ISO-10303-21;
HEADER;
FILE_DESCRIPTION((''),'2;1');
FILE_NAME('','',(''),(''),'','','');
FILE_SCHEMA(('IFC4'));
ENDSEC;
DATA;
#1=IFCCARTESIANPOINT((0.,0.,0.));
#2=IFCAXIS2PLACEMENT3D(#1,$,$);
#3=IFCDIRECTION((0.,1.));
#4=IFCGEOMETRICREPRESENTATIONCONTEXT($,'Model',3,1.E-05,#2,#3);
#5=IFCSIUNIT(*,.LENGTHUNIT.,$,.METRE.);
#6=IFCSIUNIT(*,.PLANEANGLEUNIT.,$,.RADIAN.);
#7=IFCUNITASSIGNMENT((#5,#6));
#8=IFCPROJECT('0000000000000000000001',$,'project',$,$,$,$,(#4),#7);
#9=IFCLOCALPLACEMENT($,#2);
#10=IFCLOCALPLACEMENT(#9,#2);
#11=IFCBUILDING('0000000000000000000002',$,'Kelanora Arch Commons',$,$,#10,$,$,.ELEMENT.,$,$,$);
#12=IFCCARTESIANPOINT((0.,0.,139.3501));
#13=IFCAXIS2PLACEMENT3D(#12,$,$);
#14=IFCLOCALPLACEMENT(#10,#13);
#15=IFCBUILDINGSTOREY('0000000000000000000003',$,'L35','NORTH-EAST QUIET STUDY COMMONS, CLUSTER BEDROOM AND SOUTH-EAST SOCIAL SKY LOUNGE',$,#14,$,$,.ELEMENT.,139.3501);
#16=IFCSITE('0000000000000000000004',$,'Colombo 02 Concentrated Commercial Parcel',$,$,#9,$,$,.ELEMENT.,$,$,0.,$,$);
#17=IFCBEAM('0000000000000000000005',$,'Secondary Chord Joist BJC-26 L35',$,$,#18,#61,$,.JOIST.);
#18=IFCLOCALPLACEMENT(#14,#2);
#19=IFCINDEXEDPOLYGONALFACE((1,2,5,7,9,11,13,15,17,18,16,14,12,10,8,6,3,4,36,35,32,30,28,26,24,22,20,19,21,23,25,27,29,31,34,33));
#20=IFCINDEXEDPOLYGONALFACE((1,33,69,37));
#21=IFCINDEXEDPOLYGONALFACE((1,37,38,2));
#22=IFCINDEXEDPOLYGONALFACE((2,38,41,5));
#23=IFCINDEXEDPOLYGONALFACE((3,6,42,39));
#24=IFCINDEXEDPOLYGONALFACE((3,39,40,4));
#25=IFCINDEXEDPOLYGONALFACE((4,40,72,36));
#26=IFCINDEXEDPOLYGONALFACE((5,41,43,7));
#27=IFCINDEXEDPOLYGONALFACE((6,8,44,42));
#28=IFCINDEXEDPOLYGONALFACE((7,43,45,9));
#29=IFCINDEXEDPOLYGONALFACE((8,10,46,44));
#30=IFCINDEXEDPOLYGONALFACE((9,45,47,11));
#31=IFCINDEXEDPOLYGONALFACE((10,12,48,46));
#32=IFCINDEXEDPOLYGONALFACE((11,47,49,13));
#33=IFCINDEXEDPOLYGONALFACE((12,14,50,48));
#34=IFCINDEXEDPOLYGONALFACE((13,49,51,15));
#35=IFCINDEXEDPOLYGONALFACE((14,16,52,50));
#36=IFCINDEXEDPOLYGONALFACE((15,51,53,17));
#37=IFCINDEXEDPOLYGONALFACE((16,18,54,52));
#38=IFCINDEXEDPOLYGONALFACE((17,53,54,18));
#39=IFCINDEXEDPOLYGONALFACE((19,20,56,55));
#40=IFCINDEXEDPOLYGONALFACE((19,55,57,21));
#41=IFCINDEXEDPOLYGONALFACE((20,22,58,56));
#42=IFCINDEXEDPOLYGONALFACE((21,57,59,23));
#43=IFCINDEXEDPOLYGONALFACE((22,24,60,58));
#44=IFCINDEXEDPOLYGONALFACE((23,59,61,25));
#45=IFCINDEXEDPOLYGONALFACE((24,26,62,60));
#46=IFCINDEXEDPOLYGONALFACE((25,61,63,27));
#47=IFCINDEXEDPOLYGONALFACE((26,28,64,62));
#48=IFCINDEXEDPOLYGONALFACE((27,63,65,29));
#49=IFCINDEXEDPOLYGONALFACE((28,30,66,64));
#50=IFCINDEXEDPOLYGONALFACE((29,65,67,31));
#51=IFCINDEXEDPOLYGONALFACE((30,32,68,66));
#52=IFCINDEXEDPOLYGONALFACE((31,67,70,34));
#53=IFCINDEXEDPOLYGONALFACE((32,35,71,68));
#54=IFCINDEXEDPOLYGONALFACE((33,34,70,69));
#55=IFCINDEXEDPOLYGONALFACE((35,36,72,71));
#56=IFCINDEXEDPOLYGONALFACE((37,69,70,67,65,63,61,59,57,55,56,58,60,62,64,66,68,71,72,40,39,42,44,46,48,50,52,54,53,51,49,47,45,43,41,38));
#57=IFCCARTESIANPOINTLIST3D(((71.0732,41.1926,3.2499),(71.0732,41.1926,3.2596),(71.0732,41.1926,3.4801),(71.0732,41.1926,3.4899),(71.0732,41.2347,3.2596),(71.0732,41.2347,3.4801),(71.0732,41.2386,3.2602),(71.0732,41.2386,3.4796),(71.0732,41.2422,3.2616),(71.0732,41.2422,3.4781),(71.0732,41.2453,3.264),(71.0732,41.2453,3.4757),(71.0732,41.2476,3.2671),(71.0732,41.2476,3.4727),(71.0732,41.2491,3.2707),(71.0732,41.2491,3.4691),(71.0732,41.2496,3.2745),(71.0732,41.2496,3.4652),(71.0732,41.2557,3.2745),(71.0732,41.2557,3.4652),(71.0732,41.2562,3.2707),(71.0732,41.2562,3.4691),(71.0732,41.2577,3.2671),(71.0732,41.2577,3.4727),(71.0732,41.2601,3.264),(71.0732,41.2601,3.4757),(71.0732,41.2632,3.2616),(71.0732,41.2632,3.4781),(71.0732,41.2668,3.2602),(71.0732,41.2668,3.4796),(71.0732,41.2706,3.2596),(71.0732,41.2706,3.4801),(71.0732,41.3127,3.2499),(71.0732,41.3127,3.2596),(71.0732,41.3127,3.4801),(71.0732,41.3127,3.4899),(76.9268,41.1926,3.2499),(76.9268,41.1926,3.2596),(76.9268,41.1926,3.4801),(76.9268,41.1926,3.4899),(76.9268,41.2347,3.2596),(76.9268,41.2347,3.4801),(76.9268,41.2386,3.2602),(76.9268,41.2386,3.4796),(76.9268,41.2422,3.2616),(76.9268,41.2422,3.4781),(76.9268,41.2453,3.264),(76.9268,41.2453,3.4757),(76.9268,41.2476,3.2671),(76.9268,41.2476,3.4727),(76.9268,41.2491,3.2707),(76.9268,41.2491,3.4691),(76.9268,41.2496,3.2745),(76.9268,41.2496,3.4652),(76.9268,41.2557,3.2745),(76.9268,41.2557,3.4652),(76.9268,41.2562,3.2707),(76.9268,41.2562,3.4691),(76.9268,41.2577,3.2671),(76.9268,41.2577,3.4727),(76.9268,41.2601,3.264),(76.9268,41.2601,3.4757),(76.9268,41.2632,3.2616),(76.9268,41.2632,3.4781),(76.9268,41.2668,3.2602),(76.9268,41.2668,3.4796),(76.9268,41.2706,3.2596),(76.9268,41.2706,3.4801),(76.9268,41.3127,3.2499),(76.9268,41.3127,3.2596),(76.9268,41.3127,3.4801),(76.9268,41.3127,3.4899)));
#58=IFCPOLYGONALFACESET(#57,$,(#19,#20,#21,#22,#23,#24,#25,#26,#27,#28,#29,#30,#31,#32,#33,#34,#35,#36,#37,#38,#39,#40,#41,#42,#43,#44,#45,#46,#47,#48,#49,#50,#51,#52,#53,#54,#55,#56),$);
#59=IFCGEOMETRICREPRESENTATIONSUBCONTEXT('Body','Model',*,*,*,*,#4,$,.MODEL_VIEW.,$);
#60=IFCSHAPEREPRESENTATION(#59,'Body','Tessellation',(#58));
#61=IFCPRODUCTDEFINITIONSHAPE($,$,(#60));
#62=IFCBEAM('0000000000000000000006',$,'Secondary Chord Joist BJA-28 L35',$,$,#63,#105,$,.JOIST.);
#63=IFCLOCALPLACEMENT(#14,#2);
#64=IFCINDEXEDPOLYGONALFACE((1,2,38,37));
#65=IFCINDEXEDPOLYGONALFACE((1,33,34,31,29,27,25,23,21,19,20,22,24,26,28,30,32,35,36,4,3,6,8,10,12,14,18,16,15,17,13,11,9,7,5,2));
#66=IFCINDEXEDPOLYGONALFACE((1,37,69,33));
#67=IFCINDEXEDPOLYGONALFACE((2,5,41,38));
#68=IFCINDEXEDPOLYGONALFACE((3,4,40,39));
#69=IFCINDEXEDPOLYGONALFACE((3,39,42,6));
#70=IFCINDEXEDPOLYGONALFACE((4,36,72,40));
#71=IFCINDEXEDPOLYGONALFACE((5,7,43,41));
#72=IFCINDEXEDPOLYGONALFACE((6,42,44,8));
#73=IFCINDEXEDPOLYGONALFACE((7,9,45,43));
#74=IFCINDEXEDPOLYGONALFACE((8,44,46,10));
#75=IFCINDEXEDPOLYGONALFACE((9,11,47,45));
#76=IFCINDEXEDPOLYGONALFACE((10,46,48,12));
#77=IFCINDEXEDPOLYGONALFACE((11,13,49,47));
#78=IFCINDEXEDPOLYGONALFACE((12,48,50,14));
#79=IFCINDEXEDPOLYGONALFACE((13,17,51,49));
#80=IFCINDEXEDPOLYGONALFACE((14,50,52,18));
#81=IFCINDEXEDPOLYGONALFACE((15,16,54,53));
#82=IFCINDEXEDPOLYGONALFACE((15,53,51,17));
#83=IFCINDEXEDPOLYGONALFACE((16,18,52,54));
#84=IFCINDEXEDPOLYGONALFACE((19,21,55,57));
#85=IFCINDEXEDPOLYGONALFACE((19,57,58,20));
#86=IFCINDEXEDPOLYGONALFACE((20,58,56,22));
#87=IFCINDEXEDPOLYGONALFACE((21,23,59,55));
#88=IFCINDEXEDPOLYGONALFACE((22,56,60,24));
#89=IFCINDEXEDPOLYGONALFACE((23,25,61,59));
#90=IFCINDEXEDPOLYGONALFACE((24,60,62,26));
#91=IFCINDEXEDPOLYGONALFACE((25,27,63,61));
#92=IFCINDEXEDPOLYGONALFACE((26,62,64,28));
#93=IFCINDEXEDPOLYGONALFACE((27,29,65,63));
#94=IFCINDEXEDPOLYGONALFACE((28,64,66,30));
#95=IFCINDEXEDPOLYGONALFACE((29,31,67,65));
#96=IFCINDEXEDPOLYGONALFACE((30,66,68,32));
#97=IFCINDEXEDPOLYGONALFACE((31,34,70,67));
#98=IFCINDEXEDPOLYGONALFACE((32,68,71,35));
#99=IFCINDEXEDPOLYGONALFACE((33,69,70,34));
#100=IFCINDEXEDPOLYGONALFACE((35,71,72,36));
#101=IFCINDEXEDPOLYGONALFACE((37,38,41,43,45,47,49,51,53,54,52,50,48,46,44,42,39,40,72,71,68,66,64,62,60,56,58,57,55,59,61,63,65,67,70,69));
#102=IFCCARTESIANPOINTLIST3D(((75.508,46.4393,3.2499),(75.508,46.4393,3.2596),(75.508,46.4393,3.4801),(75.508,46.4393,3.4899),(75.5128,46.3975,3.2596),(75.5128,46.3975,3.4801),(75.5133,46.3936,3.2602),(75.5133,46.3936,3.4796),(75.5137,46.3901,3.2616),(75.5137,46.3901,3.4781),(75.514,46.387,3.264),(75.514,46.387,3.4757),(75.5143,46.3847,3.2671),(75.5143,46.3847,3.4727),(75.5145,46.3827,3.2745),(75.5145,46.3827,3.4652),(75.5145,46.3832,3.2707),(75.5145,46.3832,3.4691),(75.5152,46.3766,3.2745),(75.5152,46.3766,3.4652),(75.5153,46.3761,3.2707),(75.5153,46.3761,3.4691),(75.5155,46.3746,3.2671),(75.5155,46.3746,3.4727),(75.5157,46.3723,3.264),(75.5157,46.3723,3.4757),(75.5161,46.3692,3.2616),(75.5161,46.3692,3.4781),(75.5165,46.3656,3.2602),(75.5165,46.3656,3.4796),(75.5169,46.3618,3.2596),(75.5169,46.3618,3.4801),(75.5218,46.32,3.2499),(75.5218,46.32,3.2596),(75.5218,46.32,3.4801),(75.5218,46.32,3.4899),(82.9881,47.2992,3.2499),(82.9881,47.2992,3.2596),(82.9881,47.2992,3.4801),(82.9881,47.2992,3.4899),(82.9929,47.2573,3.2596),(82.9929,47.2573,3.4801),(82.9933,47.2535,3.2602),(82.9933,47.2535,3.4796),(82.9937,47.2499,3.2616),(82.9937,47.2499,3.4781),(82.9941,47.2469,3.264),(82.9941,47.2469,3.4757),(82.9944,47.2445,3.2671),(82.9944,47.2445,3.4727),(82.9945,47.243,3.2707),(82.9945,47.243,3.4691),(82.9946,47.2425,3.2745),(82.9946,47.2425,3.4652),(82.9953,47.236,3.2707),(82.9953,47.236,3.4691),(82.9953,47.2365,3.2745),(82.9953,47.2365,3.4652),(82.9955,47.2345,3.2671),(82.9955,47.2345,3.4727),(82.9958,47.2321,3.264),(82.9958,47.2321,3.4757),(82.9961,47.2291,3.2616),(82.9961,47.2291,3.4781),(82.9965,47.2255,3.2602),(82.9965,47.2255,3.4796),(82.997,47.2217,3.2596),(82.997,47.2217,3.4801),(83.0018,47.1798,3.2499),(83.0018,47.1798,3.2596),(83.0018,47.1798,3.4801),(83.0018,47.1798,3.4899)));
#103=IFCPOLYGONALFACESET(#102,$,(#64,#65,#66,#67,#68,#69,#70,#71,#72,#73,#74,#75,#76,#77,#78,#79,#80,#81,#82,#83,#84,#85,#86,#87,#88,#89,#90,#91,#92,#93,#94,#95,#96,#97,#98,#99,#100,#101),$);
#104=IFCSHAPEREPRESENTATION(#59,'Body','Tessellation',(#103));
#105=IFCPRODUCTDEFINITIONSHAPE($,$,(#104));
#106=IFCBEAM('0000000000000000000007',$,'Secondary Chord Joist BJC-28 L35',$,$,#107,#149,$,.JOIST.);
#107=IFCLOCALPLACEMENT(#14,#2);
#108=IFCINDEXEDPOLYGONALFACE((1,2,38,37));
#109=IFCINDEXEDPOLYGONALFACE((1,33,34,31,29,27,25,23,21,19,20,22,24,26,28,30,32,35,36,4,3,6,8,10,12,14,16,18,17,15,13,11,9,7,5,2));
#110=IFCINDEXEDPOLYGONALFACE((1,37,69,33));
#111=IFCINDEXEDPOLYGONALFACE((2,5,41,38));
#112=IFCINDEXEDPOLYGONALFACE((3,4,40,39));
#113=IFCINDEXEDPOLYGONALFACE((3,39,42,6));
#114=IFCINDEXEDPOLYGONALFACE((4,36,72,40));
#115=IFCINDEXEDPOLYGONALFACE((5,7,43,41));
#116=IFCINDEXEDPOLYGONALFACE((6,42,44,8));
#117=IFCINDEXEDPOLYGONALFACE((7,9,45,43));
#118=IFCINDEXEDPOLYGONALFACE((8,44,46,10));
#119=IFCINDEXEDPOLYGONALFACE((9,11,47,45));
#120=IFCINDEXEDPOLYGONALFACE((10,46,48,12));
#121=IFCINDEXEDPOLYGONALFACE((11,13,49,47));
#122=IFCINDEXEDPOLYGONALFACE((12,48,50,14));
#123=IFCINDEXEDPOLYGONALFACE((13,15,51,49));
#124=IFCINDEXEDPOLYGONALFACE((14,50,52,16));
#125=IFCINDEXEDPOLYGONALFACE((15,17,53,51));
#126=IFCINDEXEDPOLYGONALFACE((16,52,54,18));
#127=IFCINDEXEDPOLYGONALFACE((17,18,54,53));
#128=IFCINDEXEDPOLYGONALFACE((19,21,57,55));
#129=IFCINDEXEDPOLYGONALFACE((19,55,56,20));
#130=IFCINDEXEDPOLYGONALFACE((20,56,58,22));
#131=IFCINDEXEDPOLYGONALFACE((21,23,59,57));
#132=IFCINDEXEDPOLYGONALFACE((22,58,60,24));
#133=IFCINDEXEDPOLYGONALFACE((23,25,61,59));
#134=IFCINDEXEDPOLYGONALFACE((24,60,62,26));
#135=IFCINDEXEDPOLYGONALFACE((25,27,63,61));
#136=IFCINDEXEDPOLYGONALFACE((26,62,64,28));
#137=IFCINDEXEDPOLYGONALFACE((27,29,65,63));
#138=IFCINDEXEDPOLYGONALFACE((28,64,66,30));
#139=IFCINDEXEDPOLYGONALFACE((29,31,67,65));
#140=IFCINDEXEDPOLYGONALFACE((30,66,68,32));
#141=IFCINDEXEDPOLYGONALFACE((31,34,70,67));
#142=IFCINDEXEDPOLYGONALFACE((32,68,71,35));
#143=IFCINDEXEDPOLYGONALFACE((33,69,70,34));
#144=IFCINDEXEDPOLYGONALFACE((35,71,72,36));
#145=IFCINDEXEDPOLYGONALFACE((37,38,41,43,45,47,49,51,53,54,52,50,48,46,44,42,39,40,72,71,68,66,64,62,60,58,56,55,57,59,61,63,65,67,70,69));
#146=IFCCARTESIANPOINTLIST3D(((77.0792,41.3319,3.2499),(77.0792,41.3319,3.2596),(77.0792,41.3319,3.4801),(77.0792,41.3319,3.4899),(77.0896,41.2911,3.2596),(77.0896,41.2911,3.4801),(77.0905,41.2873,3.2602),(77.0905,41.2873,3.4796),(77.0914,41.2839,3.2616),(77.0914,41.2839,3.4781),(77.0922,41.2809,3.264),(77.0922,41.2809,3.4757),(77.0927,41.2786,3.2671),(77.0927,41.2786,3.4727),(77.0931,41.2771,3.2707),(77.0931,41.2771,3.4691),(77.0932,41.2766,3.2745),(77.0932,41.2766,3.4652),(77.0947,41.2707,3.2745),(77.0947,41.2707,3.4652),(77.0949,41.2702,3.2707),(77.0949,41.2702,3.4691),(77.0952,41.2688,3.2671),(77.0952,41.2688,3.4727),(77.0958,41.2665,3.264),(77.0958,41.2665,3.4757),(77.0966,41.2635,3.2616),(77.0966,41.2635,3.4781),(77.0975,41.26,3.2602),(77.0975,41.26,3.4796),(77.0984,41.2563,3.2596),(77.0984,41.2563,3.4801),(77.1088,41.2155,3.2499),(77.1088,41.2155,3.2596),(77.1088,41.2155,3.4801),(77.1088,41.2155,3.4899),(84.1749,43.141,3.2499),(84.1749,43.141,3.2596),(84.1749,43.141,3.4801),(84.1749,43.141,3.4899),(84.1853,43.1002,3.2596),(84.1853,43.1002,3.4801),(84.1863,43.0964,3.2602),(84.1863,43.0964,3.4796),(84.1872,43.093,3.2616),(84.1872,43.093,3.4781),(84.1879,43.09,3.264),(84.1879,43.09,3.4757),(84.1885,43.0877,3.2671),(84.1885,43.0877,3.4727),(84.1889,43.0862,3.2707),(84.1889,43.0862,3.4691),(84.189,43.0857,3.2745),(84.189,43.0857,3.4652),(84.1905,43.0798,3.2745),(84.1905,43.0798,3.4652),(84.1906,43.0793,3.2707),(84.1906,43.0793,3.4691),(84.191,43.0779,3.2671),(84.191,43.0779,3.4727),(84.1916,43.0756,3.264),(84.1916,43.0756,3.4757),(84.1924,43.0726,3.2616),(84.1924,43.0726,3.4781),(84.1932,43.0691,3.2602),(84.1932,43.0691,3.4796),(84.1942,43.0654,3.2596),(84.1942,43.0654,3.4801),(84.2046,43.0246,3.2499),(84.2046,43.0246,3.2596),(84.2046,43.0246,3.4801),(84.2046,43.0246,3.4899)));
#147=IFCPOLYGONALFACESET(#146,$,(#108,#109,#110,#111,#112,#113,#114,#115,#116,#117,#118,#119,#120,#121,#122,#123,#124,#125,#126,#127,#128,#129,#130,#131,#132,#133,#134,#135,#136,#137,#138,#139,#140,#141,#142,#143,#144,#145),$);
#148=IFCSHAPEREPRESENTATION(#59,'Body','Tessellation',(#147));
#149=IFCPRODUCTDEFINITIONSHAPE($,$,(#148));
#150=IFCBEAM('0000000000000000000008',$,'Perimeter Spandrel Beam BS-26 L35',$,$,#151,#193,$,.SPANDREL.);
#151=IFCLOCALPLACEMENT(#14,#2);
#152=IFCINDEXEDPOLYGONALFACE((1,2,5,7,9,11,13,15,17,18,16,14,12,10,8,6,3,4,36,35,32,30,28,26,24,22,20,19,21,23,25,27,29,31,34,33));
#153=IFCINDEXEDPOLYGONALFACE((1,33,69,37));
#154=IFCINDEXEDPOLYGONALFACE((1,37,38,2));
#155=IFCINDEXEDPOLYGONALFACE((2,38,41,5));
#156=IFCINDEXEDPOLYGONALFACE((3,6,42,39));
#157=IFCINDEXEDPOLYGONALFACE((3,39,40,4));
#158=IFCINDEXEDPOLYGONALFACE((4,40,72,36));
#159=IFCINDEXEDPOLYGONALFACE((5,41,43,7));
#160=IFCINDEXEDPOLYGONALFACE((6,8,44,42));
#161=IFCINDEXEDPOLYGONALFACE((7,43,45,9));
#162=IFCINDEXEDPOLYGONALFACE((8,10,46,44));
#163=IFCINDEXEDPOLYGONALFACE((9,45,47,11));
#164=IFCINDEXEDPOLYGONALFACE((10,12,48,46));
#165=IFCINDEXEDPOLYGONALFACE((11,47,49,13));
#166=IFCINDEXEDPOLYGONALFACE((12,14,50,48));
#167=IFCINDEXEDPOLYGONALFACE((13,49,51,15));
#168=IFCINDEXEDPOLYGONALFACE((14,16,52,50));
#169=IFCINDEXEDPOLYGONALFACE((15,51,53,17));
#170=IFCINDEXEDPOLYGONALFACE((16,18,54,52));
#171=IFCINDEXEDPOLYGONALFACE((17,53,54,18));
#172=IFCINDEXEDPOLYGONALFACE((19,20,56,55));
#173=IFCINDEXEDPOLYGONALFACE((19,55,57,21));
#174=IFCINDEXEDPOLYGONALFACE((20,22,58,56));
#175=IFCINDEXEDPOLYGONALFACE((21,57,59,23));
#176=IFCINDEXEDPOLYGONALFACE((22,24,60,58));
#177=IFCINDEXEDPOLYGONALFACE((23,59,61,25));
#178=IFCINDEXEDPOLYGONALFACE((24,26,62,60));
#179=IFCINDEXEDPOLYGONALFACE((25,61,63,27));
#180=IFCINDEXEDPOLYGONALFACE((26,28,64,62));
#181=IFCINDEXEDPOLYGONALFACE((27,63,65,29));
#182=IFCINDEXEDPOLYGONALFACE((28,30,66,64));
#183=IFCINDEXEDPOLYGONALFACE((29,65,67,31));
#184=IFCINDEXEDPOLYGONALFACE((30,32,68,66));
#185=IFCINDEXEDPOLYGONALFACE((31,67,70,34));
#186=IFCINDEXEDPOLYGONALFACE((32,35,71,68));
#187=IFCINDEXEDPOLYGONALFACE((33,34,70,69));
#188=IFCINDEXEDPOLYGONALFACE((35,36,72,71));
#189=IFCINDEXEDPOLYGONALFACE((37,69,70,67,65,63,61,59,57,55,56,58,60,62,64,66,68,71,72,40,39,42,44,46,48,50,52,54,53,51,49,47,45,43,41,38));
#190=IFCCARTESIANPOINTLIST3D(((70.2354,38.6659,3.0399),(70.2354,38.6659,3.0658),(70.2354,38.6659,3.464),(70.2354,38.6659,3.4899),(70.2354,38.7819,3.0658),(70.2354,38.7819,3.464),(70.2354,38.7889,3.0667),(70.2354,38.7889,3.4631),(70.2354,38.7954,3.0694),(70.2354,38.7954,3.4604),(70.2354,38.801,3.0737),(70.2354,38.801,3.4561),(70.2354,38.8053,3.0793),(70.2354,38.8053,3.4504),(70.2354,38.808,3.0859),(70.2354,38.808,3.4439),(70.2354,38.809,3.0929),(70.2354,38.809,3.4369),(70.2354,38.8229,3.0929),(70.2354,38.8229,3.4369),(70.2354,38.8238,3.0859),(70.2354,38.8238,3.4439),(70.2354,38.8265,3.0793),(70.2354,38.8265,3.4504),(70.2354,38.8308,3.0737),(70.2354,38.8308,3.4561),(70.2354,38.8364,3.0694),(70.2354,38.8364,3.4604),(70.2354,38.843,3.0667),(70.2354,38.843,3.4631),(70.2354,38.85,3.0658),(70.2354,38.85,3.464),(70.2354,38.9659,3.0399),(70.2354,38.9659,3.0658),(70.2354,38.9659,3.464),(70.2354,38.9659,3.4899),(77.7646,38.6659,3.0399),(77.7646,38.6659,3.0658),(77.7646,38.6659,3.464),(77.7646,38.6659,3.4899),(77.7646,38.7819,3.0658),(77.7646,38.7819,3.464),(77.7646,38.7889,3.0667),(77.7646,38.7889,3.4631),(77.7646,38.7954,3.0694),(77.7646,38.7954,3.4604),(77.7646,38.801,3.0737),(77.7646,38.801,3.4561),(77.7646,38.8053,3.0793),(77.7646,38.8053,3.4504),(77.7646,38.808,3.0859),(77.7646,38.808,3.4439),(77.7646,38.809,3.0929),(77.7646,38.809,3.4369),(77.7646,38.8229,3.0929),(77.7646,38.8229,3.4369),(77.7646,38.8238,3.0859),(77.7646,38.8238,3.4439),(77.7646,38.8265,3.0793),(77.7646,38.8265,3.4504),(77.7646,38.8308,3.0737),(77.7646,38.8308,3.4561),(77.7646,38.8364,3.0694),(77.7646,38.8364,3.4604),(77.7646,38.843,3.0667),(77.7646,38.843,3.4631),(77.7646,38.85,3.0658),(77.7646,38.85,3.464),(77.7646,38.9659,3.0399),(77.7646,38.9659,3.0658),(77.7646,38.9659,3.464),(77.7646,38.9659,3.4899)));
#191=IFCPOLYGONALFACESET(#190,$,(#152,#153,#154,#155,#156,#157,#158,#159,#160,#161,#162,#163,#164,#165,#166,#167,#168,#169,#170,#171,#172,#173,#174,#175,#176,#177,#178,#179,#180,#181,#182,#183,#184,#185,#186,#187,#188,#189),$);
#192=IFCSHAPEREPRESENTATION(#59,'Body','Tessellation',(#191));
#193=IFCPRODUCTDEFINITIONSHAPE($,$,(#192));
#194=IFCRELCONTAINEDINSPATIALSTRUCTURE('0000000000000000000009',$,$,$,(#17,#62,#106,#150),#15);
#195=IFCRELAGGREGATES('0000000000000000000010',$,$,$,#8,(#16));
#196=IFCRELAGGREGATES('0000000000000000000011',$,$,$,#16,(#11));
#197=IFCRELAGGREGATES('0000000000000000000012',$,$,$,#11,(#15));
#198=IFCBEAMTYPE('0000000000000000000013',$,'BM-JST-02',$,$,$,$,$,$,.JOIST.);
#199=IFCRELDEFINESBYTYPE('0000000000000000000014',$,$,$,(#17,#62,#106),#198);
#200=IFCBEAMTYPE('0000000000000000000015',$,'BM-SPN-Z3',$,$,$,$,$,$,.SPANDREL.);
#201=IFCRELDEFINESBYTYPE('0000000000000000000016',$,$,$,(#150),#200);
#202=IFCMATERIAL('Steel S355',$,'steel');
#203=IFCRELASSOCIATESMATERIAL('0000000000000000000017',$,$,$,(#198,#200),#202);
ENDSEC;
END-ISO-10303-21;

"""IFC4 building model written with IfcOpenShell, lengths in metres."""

from ifc_helpers import new_model, si_unit, direction, frame, origin, origin_2d, place, context, subcontext, project, spatial, i_section, extrude, material, material_profile, profile_set, type_object, element, save


model = new_model("IFC4")

# Units and contexts
model_context = context("Model", 3, precision=1e-05, world=origin(), true_north=direction((0.0, 1.0)))
body_context = subcontext(model_context, "Body", "Model", "MODEL_VIEW")
ifc_project = project(units=[si_unit("LENGTHUNIT", "METRE"), si_unit("PLANEANGLEUNIT", "RADIAN")], contexts=[model_context])

# Site, building, storey
site_placement = place(None, origin())
site = spatial("IfcSite", under=ifc_project, at=site_placement, Name="Colombo 02 Concentrated Commercial Parcel", CompositionType="ELEMENT", RefElevation=0.0)
building_placement = place(site_placement, origin())
building = spatial("IfcBuilding", under=site, at=building_placement, Name="Kelanora Arch Commons", CompositionType="ELEMENT")
storey_placement = place(building_placement, frame((0.0, 0.0, 139.3501)))
storey = spatial("IfcBuildingStorey", under=building, at=storey_placement, Name="L35", Description="NORTH-EAST QUIET STUDY COMMONS, CLUSTER BEDROOM AND SOUTH-EAST SOCIAL SKY LOUNGE", CompositionType="ELEMENT", Elevation=139.3501)

# Beams
ifc_material_1 = material(Name="Steel S355", Category="steel")
ifc_material_profile_1 = material_profile(ifc_material_1, i_section(OverallWidth=0.1201, OverallDepth=0.24, WebThickness=0.0061, FlangeThickness=0.0098, FilletRadius=0.0149, at=origin_2d()), Name="IPE240")
ifc_profile_set_1 = profile_set([ifc_material_profile_1], Name="Steel S355")
beam_type_1 = type_object("IfcBeamType", Name="BM-JST-02", PredefinedType="JOIST", material=ifc_profile_set_1)
beam_1_placement = place(storey_placement, frame((71.0732, 41.2527, 3.3699), z_axis=(1.0, 0.0, 0.0), x_axis=(0.0, 1.0, 0.0)))
element("IfcBeam", 1, at=beam_1_placement, inside=storey, type_object=beam_type_1, Name="Secondary Chord Joist BJC-26 L35", PredefinedType="JOIST", context=body_context, shape_type="SweptSolid", body=[
    extrude(i_section(OverallWidth=0.1201, OverallDepth=0.24, WebThickness=0.0061, FlangeThickness=0.0098, FilletRadius=0.0149, at=origin_2d()), origin(), (0.0, 0.0, 1.0), 5.8535),
])
beam_2_placement = place(storey_placement, frame((75.5149, 46.3796, 3.3699), z_axis=(0.993457, 0.114203, 0.0), x_axis=(-0.114203, 0.993457, 0.0)))
element("IfcBeam", 2, at=beam_2_placement, inside=storey, type_object=beam_type_1, Name="Secondary Chord Joist BJA-28 L35", PredefinedType="JOIST", context=body_context, shape_type="SweptSolid", body=[
    extrude(i_section(OverallWidth=0.1201, OverallDepth=0.24, WebThickness=0.0061, FlangeThickness=0.0098, FilletRadius=0.0149, at=origin_2d()), origin(), (0.0, 0.0, 1.0), 7.5293),
])
beam_3_placement = place(storey_placement, frame((77.094, 41.2737, 3.3699), z_axis=(0.969002, 0.247052, 0.0), x_axis=(-0.247052, 0.969002, 0.0)))
element("IfcBeam", 3, at=beam_3_placement, inside=storey, type_object=beam_type_1, Name="Secondary Chord Joist BJC-28 L35", PredefinedType="JOIST", context=body_context, shape_type="SweptSolid", body=[
    extrude(i_section(OverallWidth=0.1201, OverallDepth=0.24, WebThickness=0.0061, FlangeThickness=0.0098, FilletRadius=0.0149, at=origin_2d()), origin(), (0.0, 0.0, 1.0), 7.3228),
])
ifc_material_profile_2 = material_profile(ifc_material_1, i_section(OverallWidth=0.3, OverallDepth=0.45, WebThickness=0.0139, FlangeThickness=0.0259, FilletRadius=0.0271, at=origin_2d()), Name="HEB450")
ifc_profile_set_2 = profile_set([ifc_material_profile_2], Name="Steel S355")
beam_type_2 = type_object("IfcBeamType", Name="BM-SPN-Z3", PredefinedType="SPANDREL", material=ifc_profile_set_2)
beam_4_placement = place(storey_placement, frame((70.2354, 38.8159, 3.2649), z_axis=(1.0, 0.0, 0.0), x_axis=(0.0, 1.0, 0.0)))
element("IfcBeam", 4, at=beam_4_placement, inside=storey, type_object=beam_type_2, Name="Perimeter Spandrel Beam BS-26 L35", PredefinedType="SPANDREL", context=body_context, shape_type="SweptSolid", body=[
    extrude(i_section(OverallWidth=0.3, OverallDepth=0.45, WebThickness=0.0139, FlangeThickness=0.0259, FilletRadius=0.0271, at=origin_2d()), origin(), (0.0, 0.0, 1.0), 7.5293),
])

save(model, "model.ifc")
